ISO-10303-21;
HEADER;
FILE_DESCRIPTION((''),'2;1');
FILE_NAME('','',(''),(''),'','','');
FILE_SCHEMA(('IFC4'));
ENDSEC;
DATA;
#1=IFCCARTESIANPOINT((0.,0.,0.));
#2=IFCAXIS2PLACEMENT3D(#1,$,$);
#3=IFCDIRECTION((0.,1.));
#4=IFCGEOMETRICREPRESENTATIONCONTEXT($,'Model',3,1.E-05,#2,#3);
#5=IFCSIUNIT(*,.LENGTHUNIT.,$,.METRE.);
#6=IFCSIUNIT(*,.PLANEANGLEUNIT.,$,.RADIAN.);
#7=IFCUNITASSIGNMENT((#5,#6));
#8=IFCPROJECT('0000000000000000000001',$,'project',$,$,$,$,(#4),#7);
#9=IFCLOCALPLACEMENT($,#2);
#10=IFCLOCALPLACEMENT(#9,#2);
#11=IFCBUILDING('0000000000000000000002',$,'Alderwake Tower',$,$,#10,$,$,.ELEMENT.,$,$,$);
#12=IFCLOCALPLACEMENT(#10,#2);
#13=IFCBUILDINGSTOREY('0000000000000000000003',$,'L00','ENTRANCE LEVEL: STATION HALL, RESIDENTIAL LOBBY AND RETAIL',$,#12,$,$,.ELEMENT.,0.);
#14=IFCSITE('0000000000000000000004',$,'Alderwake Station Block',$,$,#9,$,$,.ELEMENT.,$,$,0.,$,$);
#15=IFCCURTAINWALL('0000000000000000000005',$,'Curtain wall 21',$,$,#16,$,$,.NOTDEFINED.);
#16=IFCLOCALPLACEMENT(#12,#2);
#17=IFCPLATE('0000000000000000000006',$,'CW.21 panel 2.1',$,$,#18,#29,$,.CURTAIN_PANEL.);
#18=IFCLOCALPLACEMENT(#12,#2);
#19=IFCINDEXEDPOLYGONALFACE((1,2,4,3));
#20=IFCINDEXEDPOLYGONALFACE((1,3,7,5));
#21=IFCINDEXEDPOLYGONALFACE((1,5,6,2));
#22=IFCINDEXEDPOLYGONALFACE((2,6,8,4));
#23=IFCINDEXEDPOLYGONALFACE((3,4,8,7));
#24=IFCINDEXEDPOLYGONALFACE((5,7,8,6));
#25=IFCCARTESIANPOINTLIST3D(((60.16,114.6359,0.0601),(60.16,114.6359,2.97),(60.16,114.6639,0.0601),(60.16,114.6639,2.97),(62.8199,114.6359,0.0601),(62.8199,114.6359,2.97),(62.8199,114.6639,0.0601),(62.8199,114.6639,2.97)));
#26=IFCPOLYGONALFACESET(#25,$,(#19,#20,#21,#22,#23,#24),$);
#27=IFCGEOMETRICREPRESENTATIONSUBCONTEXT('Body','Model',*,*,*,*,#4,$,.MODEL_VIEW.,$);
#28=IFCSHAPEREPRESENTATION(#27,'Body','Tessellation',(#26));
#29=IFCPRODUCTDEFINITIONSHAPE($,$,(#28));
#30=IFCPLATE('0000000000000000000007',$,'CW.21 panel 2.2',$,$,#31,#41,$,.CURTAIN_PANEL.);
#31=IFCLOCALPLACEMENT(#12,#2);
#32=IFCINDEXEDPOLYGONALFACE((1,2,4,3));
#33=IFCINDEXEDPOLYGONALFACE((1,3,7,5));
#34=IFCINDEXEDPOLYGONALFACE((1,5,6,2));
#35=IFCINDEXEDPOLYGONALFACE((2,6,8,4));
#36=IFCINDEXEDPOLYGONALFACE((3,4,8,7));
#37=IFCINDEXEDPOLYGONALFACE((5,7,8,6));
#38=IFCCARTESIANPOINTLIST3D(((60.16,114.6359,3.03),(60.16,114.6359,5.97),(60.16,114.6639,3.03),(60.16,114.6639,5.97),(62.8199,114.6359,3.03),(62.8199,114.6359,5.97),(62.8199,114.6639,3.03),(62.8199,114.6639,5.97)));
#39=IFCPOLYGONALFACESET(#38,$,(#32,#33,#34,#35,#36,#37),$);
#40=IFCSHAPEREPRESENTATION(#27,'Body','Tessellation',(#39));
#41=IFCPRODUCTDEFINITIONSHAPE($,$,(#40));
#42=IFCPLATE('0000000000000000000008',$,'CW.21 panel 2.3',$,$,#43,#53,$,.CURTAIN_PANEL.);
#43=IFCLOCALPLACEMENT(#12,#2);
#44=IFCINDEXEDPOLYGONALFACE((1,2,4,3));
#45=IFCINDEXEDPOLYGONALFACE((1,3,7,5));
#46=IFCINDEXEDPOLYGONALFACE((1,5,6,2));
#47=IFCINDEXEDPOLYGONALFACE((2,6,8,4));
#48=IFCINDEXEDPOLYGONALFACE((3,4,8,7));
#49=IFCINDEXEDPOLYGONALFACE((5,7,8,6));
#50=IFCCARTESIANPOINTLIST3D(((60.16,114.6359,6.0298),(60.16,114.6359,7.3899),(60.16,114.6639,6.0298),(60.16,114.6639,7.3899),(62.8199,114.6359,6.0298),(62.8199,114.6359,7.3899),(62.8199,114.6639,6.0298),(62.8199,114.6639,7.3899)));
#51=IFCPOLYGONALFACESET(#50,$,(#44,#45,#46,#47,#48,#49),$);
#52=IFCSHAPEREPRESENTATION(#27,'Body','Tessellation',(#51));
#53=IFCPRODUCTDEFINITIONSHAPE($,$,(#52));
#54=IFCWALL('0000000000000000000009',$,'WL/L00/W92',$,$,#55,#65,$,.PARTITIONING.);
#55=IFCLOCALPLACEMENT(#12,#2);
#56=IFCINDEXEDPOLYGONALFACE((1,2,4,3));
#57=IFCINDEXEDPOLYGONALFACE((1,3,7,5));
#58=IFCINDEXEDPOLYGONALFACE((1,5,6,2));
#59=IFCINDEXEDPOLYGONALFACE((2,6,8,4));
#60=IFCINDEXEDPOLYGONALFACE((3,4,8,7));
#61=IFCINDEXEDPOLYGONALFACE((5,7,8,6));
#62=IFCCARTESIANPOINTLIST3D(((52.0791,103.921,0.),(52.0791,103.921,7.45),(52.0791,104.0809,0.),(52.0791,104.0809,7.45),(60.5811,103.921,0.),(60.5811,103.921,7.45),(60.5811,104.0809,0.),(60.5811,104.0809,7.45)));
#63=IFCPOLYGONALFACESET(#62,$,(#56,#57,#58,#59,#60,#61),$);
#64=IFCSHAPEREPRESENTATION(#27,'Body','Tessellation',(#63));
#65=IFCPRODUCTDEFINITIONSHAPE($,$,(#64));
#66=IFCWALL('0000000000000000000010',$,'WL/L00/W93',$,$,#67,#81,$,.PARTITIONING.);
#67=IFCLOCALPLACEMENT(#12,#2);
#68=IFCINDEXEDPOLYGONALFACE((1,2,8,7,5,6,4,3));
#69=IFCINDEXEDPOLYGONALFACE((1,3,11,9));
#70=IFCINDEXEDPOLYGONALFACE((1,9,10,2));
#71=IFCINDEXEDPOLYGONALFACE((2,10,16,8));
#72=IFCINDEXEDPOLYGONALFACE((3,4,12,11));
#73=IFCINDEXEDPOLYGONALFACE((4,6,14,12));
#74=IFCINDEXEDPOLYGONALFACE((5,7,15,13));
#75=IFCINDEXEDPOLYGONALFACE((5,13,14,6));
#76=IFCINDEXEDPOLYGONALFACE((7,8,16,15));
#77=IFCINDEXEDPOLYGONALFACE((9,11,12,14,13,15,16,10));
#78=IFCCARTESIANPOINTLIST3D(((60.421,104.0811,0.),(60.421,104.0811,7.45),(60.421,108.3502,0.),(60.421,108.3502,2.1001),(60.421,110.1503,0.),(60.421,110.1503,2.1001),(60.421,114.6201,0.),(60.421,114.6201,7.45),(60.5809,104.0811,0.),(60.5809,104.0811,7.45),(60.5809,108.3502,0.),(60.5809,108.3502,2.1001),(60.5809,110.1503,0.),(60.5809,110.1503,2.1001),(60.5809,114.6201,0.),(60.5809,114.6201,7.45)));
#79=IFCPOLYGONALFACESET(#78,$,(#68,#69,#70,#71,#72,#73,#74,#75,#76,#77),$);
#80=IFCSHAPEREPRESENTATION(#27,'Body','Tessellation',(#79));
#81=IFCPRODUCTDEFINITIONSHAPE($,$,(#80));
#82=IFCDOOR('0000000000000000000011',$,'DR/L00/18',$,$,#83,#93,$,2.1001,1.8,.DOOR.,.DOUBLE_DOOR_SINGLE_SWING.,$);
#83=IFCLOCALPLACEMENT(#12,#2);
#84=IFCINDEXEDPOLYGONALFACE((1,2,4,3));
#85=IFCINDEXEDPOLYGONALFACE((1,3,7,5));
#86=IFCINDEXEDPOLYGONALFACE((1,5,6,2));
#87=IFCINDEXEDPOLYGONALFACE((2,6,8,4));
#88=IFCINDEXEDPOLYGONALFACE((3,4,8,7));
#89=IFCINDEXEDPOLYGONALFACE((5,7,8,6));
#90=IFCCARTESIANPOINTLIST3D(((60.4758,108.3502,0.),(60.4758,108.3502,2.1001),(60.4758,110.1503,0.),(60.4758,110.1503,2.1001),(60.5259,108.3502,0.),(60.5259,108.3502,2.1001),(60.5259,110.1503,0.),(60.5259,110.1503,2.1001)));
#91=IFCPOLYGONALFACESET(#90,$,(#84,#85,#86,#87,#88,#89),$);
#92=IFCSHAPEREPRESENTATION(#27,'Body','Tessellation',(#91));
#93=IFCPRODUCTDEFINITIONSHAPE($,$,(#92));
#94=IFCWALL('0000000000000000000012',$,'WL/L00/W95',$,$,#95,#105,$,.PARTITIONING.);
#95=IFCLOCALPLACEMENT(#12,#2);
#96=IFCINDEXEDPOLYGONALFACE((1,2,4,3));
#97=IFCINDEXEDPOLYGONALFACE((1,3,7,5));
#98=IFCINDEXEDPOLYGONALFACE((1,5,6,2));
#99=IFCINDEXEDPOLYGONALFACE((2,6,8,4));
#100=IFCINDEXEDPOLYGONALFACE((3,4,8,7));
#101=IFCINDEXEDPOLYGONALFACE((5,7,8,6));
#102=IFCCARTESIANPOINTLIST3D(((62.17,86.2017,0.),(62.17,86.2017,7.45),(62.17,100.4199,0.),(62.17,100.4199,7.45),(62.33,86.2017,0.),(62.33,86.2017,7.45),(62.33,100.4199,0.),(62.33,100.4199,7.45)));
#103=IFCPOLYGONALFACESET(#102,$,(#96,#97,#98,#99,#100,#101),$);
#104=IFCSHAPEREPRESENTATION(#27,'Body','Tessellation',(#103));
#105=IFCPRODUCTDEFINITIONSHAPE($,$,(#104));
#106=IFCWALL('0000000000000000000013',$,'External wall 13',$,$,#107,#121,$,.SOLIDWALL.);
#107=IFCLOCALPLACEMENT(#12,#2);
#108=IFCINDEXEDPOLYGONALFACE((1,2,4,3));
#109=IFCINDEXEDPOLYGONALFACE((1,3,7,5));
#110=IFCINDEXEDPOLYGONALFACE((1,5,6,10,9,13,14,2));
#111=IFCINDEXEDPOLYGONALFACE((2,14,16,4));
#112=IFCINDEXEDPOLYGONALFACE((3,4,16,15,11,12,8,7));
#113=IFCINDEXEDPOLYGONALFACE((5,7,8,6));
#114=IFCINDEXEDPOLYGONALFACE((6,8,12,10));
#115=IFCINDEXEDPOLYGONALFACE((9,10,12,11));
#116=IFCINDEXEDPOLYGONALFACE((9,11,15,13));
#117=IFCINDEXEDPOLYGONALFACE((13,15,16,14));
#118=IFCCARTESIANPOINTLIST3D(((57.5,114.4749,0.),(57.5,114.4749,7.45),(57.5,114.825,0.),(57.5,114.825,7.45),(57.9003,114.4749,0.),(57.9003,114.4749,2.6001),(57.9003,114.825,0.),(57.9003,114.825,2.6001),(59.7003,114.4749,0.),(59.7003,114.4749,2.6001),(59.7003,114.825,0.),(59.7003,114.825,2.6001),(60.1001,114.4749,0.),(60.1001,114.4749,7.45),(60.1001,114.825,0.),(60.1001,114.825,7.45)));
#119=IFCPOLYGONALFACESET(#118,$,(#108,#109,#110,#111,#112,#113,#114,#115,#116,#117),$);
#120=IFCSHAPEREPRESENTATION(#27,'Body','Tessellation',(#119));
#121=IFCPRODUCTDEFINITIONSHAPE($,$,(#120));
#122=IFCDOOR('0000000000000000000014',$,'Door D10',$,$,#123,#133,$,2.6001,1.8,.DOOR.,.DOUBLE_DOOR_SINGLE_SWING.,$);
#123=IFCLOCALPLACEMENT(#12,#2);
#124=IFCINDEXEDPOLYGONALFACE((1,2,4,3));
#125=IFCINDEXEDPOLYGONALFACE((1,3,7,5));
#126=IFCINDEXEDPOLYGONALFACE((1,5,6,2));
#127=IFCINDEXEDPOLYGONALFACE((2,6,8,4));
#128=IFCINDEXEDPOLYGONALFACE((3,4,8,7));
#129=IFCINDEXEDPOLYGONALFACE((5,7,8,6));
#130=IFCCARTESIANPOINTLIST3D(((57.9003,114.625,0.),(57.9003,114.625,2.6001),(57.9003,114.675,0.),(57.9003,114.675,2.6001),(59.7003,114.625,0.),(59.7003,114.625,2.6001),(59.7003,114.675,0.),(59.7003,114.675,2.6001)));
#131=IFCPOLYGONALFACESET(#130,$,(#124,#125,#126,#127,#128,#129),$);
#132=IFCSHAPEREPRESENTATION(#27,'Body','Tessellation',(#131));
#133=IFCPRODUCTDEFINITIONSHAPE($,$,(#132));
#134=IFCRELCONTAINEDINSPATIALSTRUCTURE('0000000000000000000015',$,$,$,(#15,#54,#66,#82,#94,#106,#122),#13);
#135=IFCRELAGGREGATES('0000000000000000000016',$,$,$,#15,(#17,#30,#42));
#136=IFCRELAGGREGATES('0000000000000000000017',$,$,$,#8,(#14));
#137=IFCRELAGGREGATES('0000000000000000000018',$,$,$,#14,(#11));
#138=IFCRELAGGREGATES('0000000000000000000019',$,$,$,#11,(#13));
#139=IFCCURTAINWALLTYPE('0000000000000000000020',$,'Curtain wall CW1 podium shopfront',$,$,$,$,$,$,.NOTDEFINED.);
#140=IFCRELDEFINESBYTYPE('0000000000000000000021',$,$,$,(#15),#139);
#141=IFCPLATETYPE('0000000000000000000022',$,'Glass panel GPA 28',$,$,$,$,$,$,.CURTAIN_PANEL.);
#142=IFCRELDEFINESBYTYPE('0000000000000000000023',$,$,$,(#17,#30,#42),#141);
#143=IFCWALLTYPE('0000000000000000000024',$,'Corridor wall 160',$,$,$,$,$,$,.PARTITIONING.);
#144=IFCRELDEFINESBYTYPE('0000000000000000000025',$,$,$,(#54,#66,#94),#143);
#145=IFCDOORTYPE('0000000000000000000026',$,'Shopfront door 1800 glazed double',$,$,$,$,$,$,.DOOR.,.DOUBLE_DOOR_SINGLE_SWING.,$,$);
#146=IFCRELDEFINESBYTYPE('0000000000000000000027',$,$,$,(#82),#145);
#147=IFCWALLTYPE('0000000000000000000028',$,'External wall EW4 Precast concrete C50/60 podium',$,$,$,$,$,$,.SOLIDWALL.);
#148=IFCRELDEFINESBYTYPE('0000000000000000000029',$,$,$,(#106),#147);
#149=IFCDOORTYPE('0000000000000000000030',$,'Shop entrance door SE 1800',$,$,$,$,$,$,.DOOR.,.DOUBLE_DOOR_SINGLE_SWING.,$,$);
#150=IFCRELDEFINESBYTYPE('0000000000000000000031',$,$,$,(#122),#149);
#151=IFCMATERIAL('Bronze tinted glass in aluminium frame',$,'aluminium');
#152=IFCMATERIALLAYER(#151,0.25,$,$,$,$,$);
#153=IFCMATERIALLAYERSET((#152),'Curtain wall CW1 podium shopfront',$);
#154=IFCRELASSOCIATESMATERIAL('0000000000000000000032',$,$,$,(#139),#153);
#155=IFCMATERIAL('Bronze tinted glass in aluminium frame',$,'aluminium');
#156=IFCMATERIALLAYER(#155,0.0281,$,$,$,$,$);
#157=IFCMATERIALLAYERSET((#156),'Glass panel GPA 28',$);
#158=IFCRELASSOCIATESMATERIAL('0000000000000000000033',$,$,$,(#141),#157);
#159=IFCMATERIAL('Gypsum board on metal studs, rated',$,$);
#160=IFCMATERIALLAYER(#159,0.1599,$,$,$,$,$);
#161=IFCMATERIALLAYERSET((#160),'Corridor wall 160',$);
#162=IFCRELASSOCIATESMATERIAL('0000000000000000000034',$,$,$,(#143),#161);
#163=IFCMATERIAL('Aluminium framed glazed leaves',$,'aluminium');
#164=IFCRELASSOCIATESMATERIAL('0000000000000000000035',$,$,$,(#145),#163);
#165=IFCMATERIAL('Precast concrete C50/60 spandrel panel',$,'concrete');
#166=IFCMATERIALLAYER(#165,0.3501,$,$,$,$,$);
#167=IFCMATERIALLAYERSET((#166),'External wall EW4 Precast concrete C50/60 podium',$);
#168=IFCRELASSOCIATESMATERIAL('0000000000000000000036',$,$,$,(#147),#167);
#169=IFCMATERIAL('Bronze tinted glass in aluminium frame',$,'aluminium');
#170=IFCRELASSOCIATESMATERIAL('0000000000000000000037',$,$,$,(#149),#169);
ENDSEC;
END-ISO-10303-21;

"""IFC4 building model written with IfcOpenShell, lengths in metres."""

from ifc_helpers import new_model, si_unit, direction, frame, frame_2d, origin, origin_2d, place, context, subcontext, project, spatial, rectangle, extrude, material, layer, layer_set, type_object, element, fill, aggregate, save


model = new_model("IFC4")

# Units and contexts
model_context = context("Model", 3, precision=1e-05, world=origin(), true_north=direction((0.0, 1.0)))
body_context = subcontext(model_context, "Body", "Model", "MODEL_VIEW")
ifc_project = project(units=[si_unit("LENGTHUNIT", "METRE"), si_unit("PLANEANGLEUNIT", "RADIAN")], contexts=[model_context])

# Site, building, storey
site_placement = place(None, origin())
site = spatial("IfcSite", under=ifc_project, at=site_placement, Name="Alderwake Station Block", CompositionType="ELEMENT", RefElevation=0.0)
building_placement = place(site_placement, origin())
building = spatial("IfcBuilding", under=site, at=building_placement, Name="Alderwake Tower", CompositionType="ELEMENT")
storey_placement = place(building_placement, origin())
storey = spatial("IfcBuildingStorey", under=building, at=storey_placement, Name="L00", Description="ENTRANCE LEVEL: STATION HALL, RESIDENTIAL LOBBY AND RETAIL", CompositionType="ELEMENT", Elevation=0.0)

# Curtain wall, plates
ifc_material_1 = material(Name="Bronze tinted glass in aluminium frame", Category="aluminium")
ifc_layer_1 = layer(ifc_material_1, 0.25)
ifc_layer_set_1 = layer_set([ifc_layer_1], Name="Curtain wall CW1 podium shopfront")
curtain_wall_type = type_object("IfcCurtainWallType", Name="Curtain wall CW1 podium shopfront", PredefinedType="NOTDEFINED", material=ifc_layer_set_1)
curtain_wall_placement = place(storey_placement, origin())
curtain_wall = element("IfcCurtainWall", 1, at=curtain_wall_placement, inside=storey, type_object=curtain_wall_type, Name="Curtain wall 21", PredefinedType="NOTDEFINED")
ifc_material_2 = material(Name="Bronze tinted glass in aluminium frame", Category="aluminium")
ifc_layer_2 = layer(ifc_material_2, 0.0281)
ifc_layer_set_2 = layer_set([ifc_layer_2], Name="Glass panel GPA 28")
plate_type = type_object("IfcPlateType", Name="Glass panel GPA 28", PredefinedType="CURTAIN_PANEL", material=ifc_layer_set_2)
plate_1_placement = place(storey_placement, frame((61.49, 114.6499, 0.0601), z_axis=(0.0, 0.0, 1.0), x_axis=(-1.0, 0.0, 0.0)))
plate_1 = element("IfcPlate", 2, at=plate_1_placement, type_object=plate_type, Name="CW.21 panel 2.1", PredefinedType="CURTAIN_PANEL", context=body_context, shape_type="SweptSolid", body=[
    extrude(rectangle(XDim=2.6599, YDim=0.0281, at=origin_2d()), origin(), (0.0, 0.0, 1.0), 2.9099),
])
plate_2_placement = place(storey_placement, frame((61.49, 114.6499, 3.03), z_axis=(0.0, 0.0, 1.0), x_axis=(-1.0, 0.0, 0.0)))
plate_2 = element("IfcPlate", 3, at=plate_2_placement, type_object=plate_type, Name="CW.21 panel 2.2", PredefinedType="CURTAIN_PANEL", context=body_context, shape_type="SweptSolid", body=[
    extrude(rectangle(XDim=2.6599, YDim=0.0281, at=origin_2d()), origin(), (0.0, 0.0, 1.0), 2.9399),
])
plate_3_placement = place(storey_placement, frame((61.49, 114.6499, 6.0298), z_axis=(0.0, 0.0, 1.0), x_axis=(-1.0, 0.0, 0.0)))
plate_3 = element("IfcPlate", 4, at=plate_3_placement, type_object=plate_type, Name="CW.21 panel 2.3", PredefinedType="CURTAIN_PANEL", context=body_context, shape_type="SweptSolid", body=[
    extrude(rectangle(XDim=2.6599, YDim=0.0281, at=origin_2d()), origin(), (0.0, 0.0, 1.0), 1.3601),
])
aggregate(curtain_wall, [plate_1, plate_2, plate_3])

# Wall
ifc_material_3 = material(Name="Gypsum board on metal studs, rated")
ifc_layer_3 = layer(ifc_material_3, 0.1599)
ifc_layer_set_3 = layer_set([ifc_layer_3], Name="Corridor wall 160")
wall_type_1 = type_object("IfcWallType", Name="Corridor wall 160", PredefinedType="PARTITIONING", material=ifc_layer_set_3)
wall_1_placement = place(storey_placement, frame((60.5811, 104.001, 0.0), z_axis=(0.0, 0.0, 1.0), x_axis=(-1.0, 0.0, 0.0)))
element("IfcWall", 5, at=wall_1_placement, inside=storey, type_object=wall_type_1, Name="WL/L00/W92", PredefinedType="PARTITIONING", context=body_context, shape_type="SweptSolid", body=[
    extrude(rectangle(XDim=8.502, YDim=0.1599, at=frame_2d((4.251, 0.0))), origin(), (0.0, 0.0, 1.0), 7.45),
])

# Wall, opening, door
wall_2_placement = place(storey_placement, frame((60.501, 114.6201, 0.0), z_axis=(0.0, 0.0, 1.0), x_axis=(0.0, -1.0, 0.0)))
wall_2 = element("IfcWall", 6, at=wall_2_placement, inside=storey, type_object=wall_type_1, Name="WL/L00/W93", PredefinedType="PARTITIONING", context=body_context, shape_type="SweptSolid", body=[
    extrude(rectangle(XDim=10.5391, YDim=0.1599, at=frame_2d((5.2695, 0.0))), origin(), (0.0, 0.0, 1.0), 7.45),
])
opening_1_placement = place(wall_2_placement, frame((4.47, 0.0, 0.0)))
opening_1 = element("IfcOpeningElement", 7, at=opening_1_placement, cuts=wall_2, PredefinedType="OPENING", context=body_context, shape_type="SweptSolid", body=[
    extrude(rectangle(XDim=1.8, YDim=2.1001, at=frame_2d((0.8999, 1.05))), frame((0.0, 0.0898, 0.0), z_axis=(0.0, -1.0, 0.0), x_axis=(1.0, 0.0, 0.0)), (0.0, 0.0, 1.0), 0.1799),
])
ifc_material_4 = material(Name="Aluminium framed glazed leaves", Category="aluminium")
door_type_1 = type_object("IfcDoorType", Name="Shopfront door 1800 glazed double", OperationType="DOUBLE_DOOR_SINGLE_SWING", PredefinedType="DOOR", material=ifc_material_4)
door_1_placement = place(opening_1_placement, origin())
door_1 = element("IfcDoor", 8, at=door_1_placement, inside=storey, type_object=door_type_1, Name="DR/L00/18", OperationType="DOUBLE_DOOR_SINGLE_SWING", OverallHeight=2.1001, OverallWidth=1.8, PredefinedType="DOOR", context=body_context, shape_type="SweptSolid", body=[
    extrude(rectangle(XDim=1.8, YDim=2.1001, at=frame_2d((0.8999, 1.05))), frame((0.0, 0.0249, 0.0), z_axis=(0.0, -1.0, 0.0), x_axis=(1.0, 0.0, 0.0)), (0.0, 0.0, 1.0), 0.05),
])
fill(opening_1, door_1)

# Wall
wall_3_placement = place(storey_placement, frame((62.25, 100.4199, 0.0), z_axis=(0.0, 0.0, 1.0), x_axis=(0.0, -1.0, 0.0)))
element("IfcWall", 9, at=wall_3_placement, inside=storey, type_object=wall_type_1, Name="WL/L00/W95", PredefinedType="PARTITIONING", context=body_context, shape_type="SweptSolid", body=[
    extrude(rectangle(XDim=14.2183, YDim=0.1599, at=frame_2d((7.1091, 0.0))), origin(), (0.0, 0.0, 1.0), 7.45),
])

# Wall, opening, door
ifc_material_5 = material(Name="Precast concrete C50/60 spandrel panel", Category="concrete")
ifc_layer_4 = layer(ifc_material_5, 0.3501)
ifc_layer_set_4 = layer_set([ifc_layer_4], Name="External wall EW4 Precast concrete C50/60 podium")
wall_type_2 = type_object("IfcWallType", Name="External wall EW4 Precast concrete C50/60 podium", PredefinedType="SOLIDWALL", material=ifc_layer_set_4)
wall_4_placement = place(storey_placement, frame((60.1001, 114.6499, 0.0), z_axis=(0.0, 0.0, 1.0), x_axis=(-1.0, 0.0, 0.0)))
wall_4 = element("IfcWall", 10, at=wall_4_placement, inside=storey, type_object=wall_type_2, Name="External wall 13", PredefinedType="SOLIDWALL", context=body_context, shape_type="SweptSolid", body=[
    extrude(rectangle(XDim=2.6001, YDim=0.3501, at=frame_2d((1.3, 0.0))), origin(), (0.0, 0.0, 1.0), 7.45),
])
opening_2_placement = place(wall_4_placement, frame((0.3999, 0.0, 0.0)))
opening_2 = element("IfcOpeningElement", 11, at=opening_2_placement, cuts=wall_4, PredefinedType="OPENING", context=body_context, shape_type="SweptSolid", body=[
    extrude(rectangle(XDim=1.8, YDim=2.6001, at=frame_2d((0.8999, 1.3))), frame((0.0, 0.1851, 0.0), z_axis=(0.0, -1.0, 0.0), x_axis=(1.0, 0.0, 0.0)), (0.0, 0.0, 1.0), 0.3701),
])
ifc_material_6 = material(Name="Bronze tinted glass in aluminium frame", Category="aluminium")
door_type_2 = type_object("IfcDoorType", Name="Shop entrance door SE 1800", OperationType="DOUBLE_DOOR_SINGLE_SWING", PredefinedType="DOOR", material=ifc_material_6)
door_2_placement = place(opening_2_placement, origin())
door_2 = element("IfcDoor", 12, at=door_2_placement, inside=storey, type_object=door_type_2, Name="Door D10", OperationType="DOUBLE_DOOR_SINGLE_SWING", OverallHeight=2.6001, OverallWidth=1.8, PredefinedType="DOOR", context=body_context, shape_type="SweptSolid", body=[
    extrude(rectangle(XDim=1.8, YDim=2.6001, at=frame_2d((0.8999, 1.3))), frame((0.0, 0.0249, 0.0), z_axis=(0.0, -1.0, 0.0), x_axis=(1.0, 0.0, 0.0)), (0.0, 0.0, 1.0), 0.05),
])
fill(opening_2, door_2)

save(model, "model.ifc")
